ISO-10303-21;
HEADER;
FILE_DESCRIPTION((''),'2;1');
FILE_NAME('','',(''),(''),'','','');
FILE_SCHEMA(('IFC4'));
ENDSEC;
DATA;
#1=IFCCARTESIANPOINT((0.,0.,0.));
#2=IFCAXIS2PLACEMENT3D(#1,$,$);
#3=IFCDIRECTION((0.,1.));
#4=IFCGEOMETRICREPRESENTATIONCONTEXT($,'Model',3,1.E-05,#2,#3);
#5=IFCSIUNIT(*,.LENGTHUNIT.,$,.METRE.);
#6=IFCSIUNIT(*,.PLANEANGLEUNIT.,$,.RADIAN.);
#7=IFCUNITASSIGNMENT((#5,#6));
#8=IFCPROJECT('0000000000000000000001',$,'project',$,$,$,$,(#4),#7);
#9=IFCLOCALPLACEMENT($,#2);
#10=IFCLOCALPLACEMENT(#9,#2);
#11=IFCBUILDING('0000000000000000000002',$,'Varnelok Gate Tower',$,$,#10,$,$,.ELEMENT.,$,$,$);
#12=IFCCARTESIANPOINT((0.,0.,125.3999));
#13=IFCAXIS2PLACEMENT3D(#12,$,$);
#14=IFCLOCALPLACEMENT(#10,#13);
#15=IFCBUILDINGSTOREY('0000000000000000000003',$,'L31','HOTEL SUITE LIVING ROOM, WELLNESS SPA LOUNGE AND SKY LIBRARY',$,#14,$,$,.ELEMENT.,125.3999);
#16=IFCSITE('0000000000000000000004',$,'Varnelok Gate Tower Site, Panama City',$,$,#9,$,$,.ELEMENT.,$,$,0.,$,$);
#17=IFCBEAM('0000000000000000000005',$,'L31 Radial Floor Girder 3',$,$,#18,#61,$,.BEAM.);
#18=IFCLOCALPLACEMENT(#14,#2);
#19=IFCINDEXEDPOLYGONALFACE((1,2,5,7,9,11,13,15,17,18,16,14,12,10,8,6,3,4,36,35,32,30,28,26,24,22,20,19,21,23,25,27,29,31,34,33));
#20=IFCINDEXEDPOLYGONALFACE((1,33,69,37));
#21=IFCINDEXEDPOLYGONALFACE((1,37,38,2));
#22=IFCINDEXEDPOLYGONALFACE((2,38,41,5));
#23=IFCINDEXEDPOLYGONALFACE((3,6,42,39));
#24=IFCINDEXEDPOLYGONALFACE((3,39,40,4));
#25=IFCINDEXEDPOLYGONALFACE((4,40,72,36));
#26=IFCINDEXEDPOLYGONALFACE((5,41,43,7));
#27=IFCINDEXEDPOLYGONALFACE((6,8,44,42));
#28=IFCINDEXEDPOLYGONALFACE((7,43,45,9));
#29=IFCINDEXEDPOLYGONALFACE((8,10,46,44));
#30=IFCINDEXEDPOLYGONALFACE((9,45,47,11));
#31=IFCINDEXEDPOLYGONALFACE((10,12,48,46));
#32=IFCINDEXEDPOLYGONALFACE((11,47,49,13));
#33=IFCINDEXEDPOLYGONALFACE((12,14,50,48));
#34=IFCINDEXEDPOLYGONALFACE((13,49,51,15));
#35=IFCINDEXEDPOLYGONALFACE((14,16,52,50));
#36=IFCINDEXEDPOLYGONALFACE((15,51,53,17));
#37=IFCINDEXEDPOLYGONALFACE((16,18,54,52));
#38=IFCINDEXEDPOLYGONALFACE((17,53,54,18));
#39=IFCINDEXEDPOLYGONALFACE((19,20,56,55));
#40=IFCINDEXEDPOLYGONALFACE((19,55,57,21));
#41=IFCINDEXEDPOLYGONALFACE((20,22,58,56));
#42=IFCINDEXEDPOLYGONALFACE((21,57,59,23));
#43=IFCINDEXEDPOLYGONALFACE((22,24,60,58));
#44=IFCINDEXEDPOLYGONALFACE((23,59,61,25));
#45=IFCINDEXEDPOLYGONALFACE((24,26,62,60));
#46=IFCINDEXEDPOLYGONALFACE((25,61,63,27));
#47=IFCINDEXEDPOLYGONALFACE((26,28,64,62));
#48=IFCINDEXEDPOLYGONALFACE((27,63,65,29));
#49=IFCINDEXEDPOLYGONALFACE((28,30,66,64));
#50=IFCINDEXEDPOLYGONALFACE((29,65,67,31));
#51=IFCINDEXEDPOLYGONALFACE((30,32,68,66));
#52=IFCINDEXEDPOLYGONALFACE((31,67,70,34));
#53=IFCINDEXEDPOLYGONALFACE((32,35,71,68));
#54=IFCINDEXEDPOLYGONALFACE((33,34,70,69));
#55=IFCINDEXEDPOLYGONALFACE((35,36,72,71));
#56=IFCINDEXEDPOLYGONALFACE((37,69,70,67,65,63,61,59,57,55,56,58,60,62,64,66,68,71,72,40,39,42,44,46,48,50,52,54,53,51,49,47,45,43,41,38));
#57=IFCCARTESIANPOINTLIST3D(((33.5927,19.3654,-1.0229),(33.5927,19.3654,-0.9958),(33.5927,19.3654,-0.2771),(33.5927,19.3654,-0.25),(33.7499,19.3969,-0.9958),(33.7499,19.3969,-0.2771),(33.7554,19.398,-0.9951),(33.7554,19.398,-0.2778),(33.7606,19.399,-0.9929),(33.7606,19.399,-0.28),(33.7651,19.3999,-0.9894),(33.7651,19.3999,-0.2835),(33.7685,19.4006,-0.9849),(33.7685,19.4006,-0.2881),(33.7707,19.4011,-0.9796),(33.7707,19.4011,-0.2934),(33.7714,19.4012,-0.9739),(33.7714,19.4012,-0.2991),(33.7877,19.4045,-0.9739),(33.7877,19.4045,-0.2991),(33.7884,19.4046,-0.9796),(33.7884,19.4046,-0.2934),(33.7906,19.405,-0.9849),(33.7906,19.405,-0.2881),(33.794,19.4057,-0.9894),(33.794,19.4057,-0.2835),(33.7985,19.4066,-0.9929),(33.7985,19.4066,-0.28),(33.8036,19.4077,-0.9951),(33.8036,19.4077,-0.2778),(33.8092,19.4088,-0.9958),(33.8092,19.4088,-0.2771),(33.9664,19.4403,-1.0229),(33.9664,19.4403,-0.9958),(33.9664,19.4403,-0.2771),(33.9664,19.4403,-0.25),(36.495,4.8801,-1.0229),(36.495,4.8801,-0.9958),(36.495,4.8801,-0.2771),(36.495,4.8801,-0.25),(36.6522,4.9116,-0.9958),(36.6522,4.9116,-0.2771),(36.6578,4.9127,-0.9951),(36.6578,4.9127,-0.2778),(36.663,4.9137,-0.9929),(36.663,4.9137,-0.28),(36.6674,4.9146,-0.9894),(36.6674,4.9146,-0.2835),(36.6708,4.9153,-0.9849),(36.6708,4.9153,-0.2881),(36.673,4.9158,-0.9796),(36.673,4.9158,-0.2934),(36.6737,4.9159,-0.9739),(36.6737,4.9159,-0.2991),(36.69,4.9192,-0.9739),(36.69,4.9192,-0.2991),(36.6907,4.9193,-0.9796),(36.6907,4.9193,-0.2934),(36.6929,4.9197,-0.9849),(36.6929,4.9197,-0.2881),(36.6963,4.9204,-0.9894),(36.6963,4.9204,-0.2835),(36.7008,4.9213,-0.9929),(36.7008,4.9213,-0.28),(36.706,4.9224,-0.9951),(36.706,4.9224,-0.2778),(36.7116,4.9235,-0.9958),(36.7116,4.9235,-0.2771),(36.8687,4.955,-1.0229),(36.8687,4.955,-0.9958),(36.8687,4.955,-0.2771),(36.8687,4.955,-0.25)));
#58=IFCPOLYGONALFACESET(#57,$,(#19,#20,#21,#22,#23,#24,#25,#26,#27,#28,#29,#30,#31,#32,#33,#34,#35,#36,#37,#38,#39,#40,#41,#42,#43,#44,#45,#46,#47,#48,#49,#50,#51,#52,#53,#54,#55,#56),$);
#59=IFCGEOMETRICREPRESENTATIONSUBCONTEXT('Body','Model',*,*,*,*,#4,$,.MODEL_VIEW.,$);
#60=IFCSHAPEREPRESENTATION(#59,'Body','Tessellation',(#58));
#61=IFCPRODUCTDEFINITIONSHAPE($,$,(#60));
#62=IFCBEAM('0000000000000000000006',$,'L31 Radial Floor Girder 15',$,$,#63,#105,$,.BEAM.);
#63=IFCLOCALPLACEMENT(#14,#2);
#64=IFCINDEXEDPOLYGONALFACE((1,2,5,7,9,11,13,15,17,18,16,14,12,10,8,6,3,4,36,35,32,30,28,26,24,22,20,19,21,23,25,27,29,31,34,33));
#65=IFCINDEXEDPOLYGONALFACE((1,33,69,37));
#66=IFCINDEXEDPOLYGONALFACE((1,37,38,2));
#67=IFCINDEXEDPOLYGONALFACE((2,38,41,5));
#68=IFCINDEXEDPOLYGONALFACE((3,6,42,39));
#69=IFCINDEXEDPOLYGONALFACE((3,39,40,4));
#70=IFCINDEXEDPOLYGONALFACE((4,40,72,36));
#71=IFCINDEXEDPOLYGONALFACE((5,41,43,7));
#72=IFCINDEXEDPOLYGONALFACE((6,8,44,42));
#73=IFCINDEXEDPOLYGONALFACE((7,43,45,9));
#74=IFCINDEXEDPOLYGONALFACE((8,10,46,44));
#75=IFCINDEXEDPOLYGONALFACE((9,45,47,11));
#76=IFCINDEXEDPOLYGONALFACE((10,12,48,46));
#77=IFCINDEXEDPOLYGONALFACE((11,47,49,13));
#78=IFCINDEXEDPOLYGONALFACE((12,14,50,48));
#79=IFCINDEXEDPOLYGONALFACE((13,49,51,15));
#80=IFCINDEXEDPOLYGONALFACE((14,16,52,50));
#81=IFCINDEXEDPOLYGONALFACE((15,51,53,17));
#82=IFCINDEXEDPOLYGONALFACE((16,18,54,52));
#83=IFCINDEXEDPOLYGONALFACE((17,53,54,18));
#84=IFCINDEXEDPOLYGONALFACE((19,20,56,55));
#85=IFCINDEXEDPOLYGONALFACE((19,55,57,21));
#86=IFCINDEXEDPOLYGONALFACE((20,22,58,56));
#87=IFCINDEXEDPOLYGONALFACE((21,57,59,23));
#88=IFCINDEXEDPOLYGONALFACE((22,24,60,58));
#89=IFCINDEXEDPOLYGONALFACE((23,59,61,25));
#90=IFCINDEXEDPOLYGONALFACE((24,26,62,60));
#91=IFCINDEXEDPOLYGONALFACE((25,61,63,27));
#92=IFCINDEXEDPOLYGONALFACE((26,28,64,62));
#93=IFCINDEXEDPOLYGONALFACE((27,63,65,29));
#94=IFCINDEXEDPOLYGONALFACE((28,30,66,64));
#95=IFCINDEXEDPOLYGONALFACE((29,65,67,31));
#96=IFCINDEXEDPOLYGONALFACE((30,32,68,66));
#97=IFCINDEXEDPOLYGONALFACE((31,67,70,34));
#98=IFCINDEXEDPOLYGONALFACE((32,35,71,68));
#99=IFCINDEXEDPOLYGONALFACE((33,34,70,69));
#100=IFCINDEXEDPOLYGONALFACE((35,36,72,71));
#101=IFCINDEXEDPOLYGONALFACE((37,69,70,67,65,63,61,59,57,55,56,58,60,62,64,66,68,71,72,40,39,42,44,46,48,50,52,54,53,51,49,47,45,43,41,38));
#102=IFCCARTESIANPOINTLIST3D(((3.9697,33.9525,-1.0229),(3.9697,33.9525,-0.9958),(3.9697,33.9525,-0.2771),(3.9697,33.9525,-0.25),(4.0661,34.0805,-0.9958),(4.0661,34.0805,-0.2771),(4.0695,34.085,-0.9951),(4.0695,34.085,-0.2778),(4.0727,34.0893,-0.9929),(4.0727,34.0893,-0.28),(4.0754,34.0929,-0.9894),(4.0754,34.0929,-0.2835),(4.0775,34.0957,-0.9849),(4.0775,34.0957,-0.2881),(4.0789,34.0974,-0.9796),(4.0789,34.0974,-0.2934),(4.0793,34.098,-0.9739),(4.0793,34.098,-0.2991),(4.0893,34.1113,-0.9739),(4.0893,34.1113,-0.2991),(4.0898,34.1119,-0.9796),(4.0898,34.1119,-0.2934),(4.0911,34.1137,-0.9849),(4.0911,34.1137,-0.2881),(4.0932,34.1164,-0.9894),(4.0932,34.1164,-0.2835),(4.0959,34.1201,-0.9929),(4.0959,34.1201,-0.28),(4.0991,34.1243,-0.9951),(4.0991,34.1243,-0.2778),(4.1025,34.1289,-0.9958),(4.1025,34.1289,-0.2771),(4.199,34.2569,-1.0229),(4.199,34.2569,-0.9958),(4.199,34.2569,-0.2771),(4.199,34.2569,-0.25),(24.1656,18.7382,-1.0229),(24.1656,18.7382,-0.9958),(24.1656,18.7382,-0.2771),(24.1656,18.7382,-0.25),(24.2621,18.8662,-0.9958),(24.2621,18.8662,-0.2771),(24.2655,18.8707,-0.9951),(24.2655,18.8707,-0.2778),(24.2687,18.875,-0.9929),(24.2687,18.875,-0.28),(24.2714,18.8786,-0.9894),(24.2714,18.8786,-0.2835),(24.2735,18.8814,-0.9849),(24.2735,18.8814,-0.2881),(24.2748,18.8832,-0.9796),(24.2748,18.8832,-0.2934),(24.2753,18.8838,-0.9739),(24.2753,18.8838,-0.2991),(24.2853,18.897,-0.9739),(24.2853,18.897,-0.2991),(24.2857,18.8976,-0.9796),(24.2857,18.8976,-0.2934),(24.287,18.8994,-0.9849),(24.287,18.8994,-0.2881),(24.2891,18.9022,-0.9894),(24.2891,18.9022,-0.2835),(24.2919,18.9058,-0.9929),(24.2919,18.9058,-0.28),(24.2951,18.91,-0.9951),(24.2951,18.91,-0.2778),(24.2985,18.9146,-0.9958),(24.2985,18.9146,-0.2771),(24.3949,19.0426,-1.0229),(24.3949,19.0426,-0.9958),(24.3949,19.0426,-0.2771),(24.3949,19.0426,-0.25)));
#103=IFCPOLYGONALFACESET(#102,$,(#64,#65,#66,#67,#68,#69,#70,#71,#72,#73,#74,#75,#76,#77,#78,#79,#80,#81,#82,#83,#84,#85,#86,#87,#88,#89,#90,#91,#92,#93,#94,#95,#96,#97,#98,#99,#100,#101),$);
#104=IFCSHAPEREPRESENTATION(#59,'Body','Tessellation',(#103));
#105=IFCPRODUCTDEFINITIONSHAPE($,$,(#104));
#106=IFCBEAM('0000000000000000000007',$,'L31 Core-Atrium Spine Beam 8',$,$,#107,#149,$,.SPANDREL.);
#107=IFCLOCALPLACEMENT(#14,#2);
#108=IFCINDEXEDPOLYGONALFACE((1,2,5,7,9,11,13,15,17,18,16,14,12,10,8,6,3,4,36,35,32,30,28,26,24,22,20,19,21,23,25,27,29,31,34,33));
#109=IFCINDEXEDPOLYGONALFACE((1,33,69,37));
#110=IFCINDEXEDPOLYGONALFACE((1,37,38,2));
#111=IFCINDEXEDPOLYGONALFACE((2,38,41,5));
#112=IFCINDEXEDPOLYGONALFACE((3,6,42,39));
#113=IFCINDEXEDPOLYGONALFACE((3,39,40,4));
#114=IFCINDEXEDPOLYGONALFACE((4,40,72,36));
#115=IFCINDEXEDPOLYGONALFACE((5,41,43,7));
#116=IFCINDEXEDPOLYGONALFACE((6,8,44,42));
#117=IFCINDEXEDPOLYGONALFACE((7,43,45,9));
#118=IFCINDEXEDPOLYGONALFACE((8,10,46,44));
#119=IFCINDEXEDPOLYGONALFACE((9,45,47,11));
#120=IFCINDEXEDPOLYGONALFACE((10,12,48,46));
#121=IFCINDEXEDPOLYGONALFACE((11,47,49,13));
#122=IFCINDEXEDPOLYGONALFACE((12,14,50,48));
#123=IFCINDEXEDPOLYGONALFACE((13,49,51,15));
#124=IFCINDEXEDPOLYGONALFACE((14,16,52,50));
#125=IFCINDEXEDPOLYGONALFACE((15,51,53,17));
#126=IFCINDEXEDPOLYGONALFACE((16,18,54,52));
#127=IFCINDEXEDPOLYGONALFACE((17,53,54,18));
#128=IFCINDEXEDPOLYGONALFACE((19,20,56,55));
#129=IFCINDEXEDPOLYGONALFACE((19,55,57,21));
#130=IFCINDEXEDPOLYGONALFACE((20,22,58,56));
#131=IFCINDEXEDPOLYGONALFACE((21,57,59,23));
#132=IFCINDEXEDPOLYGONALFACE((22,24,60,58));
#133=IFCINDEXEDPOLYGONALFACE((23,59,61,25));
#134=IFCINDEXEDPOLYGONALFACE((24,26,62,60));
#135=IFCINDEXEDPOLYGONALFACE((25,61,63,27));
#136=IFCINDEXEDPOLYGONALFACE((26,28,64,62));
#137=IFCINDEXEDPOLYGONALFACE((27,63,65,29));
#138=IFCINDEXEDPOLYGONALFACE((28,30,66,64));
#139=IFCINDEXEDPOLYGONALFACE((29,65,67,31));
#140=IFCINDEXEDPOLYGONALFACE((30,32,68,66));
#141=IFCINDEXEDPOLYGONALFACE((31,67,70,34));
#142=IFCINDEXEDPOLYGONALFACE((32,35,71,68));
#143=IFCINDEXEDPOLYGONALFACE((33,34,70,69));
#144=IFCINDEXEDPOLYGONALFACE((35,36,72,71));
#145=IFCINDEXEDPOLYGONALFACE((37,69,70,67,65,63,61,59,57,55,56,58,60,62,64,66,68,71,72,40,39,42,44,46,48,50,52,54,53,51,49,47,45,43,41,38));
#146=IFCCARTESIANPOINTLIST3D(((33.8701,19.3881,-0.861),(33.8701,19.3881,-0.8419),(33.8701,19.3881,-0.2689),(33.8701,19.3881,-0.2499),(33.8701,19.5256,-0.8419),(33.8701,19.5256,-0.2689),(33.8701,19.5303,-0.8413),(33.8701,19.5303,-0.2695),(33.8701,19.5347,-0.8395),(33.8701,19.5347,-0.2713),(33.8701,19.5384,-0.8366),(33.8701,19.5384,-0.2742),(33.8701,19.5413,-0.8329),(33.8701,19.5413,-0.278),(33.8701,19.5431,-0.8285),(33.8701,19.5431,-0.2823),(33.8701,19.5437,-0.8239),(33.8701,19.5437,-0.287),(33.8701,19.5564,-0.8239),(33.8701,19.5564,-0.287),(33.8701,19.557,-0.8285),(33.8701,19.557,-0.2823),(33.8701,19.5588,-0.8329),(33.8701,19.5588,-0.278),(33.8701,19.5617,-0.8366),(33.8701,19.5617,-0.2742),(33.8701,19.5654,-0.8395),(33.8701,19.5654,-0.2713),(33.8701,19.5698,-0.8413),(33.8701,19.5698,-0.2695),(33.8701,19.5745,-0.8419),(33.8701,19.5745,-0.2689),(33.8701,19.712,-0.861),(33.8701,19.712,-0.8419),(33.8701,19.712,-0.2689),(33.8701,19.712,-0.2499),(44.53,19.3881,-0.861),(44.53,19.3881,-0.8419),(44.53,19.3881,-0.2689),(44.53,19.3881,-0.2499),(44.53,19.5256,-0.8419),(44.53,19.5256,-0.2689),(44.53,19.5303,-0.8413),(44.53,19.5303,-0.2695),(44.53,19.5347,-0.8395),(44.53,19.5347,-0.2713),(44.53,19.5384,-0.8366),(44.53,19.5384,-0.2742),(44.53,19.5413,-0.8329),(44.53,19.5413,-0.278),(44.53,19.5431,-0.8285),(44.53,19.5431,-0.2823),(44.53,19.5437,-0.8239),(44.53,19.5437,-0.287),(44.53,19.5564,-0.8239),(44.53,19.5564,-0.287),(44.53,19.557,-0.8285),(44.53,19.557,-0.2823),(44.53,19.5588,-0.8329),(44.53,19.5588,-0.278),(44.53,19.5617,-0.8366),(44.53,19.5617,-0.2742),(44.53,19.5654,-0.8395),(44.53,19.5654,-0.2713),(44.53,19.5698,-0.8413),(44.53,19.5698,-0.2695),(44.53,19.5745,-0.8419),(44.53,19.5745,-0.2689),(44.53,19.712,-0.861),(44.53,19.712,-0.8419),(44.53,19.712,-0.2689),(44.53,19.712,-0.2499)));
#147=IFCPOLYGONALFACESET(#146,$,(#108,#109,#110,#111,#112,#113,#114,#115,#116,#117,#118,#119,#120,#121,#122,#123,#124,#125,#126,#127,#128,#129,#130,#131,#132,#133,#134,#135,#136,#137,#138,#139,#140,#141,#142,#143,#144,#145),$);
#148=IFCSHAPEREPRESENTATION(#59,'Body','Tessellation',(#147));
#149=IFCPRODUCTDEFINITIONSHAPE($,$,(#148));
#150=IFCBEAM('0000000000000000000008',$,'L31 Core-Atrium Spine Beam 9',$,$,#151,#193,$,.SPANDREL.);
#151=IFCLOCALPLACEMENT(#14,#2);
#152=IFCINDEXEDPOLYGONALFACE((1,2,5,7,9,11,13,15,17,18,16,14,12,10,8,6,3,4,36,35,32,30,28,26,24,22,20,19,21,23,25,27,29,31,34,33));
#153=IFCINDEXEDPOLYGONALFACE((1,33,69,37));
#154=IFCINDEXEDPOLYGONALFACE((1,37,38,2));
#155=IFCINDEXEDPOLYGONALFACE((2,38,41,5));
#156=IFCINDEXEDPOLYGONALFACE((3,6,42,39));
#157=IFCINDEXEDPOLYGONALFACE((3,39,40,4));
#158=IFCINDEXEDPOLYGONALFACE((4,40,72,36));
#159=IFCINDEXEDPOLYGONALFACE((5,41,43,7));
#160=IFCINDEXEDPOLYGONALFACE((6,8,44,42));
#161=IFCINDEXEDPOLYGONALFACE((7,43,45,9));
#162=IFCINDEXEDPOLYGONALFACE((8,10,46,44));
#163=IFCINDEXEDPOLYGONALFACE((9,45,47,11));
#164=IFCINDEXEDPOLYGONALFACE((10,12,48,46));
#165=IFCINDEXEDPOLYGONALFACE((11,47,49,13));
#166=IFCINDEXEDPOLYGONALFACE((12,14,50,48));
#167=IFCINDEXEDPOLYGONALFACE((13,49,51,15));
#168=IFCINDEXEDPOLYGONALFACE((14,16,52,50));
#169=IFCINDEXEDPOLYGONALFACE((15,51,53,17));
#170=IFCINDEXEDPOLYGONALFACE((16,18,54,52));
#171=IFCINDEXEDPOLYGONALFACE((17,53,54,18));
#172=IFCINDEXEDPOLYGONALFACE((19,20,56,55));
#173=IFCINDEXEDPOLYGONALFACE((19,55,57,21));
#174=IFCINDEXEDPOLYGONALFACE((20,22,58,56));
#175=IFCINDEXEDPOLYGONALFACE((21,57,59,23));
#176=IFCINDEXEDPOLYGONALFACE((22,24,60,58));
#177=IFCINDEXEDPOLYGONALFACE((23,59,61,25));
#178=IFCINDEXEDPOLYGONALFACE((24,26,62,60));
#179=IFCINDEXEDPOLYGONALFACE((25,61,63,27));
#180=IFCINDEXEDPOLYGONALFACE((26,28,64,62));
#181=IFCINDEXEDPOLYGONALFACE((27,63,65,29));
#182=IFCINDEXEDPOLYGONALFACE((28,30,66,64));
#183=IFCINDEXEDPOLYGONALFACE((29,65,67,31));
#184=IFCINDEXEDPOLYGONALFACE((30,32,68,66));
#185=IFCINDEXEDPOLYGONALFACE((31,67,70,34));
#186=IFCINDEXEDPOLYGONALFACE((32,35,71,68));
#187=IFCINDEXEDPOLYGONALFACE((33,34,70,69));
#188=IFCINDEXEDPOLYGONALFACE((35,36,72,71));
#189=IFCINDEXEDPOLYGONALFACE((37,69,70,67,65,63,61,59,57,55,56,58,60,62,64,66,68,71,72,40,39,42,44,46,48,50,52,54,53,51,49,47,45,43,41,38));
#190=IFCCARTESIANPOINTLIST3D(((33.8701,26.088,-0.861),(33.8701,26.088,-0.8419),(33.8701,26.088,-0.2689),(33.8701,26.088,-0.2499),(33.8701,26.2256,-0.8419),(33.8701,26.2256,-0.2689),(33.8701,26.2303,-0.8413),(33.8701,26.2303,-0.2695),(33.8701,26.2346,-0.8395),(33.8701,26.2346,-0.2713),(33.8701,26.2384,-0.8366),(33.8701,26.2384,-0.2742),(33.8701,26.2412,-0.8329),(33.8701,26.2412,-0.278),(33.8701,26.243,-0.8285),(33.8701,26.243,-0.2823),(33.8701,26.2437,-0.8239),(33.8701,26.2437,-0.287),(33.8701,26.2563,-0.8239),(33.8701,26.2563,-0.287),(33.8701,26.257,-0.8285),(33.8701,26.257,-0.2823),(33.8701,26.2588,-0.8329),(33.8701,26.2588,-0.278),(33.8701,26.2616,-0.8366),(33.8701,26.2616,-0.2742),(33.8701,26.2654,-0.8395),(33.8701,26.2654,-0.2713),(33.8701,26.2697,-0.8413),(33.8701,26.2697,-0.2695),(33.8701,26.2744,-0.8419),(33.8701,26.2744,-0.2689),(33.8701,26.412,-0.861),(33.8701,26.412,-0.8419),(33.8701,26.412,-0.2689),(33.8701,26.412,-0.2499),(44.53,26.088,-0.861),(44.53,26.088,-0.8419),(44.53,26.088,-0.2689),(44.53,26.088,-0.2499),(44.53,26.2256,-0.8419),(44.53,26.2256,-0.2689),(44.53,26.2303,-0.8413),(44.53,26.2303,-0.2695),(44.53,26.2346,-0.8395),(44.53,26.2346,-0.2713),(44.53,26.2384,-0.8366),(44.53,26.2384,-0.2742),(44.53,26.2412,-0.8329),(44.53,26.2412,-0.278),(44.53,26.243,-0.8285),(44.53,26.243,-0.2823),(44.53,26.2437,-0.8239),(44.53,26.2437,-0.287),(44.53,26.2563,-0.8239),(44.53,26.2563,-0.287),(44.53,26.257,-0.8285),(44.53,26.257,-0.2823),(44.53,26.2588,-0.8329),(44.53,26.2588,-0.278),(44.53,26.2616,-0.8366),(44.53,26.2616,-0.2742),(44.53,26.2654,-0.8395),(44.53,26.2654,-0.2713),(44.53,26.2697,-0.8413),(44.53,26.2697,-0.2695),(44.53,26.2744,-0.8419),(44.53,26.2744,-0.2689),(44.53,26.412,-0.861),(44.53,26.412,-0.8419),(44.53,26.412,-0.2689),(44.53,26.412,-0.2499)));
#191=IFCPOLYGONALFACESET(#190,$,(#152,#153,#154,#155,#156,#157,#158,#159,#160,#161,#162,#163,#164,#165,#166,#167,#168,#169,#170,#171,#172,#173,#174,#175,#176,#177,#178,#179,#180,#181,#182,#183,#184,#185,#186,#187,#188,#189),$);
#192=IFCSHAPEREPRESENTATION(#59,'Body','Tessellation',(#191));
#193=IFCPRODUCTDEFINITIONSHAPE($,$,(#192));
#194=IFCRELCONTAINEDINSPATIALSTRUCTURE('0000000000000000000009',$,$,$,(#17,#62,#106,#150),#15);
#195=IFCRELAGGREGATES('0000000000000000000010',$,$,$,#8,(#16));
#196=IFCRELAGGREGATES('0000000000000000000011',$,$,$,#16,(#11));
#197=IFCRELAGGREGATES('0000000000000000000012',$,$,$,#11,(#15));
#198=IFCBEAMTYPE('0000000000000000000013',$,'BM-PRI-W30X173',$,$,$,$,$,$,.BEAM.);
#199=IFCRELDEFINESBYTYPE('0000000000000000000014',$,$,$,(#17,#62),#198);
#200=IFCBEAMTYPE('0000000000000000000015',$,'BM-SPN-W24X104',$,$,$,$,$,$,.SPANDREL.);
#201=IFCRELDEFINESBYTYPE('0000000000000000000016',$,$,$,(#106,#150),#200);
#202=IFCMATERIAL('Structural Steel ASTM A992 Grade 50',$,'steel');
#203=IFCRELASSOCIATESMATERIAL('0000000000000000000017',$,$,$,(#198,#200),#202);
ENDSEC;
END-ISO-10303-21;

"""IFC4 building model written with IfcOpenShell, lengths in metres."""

from ifc_helpers import new_model, si_unit, direction, frame, origin, origin_2d, place, context, subcontext, project, spatial, i_section, extrude, material, material_profile, profile_set, type_object, element, save


model = new_model("IFC4")

# Units and contexts
model_context = context("Model", 3, precision=1e-05, world=origin(), true_north=direction((0.0, 1.0)))
body_context = subcontext(model_context, "Body", "Model", "MODEL_VIEW")
ifc_project = project(units=[si_unit("LENGTHUNIT", "METRE"), si_unit("PLANEANGLEUNIT", "RADIAN")], contexts=[model_context])

# Site, building, storey
site_placement = place(None, origin())
site = spatial("IfcSite", under=ifc_project, at=site_placement, Name="Varnelok Gate Tower Site, Panama City", CompositionType="ELEMENT", RefElevation=0.0)
building_placement = place(site_placement, origin())
building = spatial("IfcBuilding", under=site, at=building_placement, Name="Varnelok Gate Tower", CompositionType="ELEMENT")
storey_placement = place(building_placement, frame((0.0, 0.0, 125.3999)))
storey = spatial("IfcBuildingStorey", under=building, at=storey_placement, Name="L31", Description="HOTEL SUITE LIVING ROOM, WELLNESS SPA LOUNGE AND SKY LIBRARY", CompositionType="ELEMENT", Elevation=125.3999)

# Shared definitions
ifc_material_1 = material(Name="Structural Steel ASTM A992 Grade 50", Category="steel")

# Beams
ifc_material_profile_1 = material_profile(ifc_material_1, i_section(OverallWidth=0.3811, OverallDepth=0.7729, WebThickness=0.0166, FlangeThickness=0.0271, FilletRadius=0.022, at=origin_2d()), Name="W30X173")
ifc_profile_set_1 = profile_set([ifc_material_profile_1], Name="Structural Steel ASTM A992 Grade 50")
beam_type_1 = type_object("IfcBeamType", Name="BM-PRI-W30X173", PredefinedType="BEAM", material=ifc_profile_set_1)
beam_1_placement = place(storey_placement, frame((33.7795, 19.4028, -0.6365), z_axis=(0.196459, -0.980512, 0.0), x_axis=(0.980512, 0.196459, 0.0)))
element("IfcBeam", 1, at=beam_1_placement, inside=storey, type_object=beam_type_1, Name="L31 Radial Floor Girder 3", PredefinedType="BEAM", context=body_context, shape_type="SweptSolid", body=[
    extrude(i_section(OverallWidth=0.3811, OverallDepth=0.7729, WebThickness=0.0166, FlangeThickness=0.0271, FilletRadius=0.022, at=origin_2d()), origin(), (0.0, 0.0, 1.0), 14.7732),
])
beam_2_placement = place(storey_placement, frame((24.2803, 18.8904, -0.6365), z_axis=(-0.79872, 0.601703, 0.0), x_axis=(-0.601703, -0.79872, 0.0)))
element("IfcBeam", 2, at=beam_2_placement, inside=storey, type_object=beam_type_1, Name="L31 Radial Floor Girder 15", PredefinedType="BEAM", context=body_context, shape_type="SweptSolid", body=[
    extrude(i_section(OverallWidth=0.3811, OverallDepth=0.7729, WebThickness=0.0166, FlangeThickness=0.0271, FilletRadius=0.022, at=origin_2d()), origin(), (0.0, 0.0, 1.0), 25.2854),
])
ifc_material_profile_2 = material_profile(ifc_material_1, i_section(OverallWidth=0.324, OverallDepth=0.6111, WebThickness=0.0127, FlangeThickness=0.019, FilletRadius=0.0181, at=origin_2d()), Name="W24X104")
ifc_profile_set_2 = profile_set([ifc_material_profile_2], Name="Structural Steel ASTM A992 Grade 50")
beam_type_2 = type_object("IfcBeamType", Name="BM-SPN-W24X104", PredefinedType="SPANDREL", material=ifc_profile_set_2)
for number, where, z_axis, x_axis, name in (
    (3, (33.8701, 19.55, -0.5554), (1.0, 0.0, 0.0), (0.0, 1.0, 0.0), "L31 Core-Atrium Spine Beam 8"),
    (4, (33.8701, 26.25, -0.5554), (1.0, 0.0, 0.0), (0.0, 1.0, 0.0), "L31 Core-Atrium Spine Beam 9"),
):
    element("IfcBeam", number, at=place(storey_placement, frame(where, z_axis=z_axis, x_axis=x_axis)), inside=storey, type_object=beam_type_2, Name=name, PredefinedType="SPANDREL", context=body_context, shape_type="SweptSolid", body=[
        extrude(i_section(OverallWidth=0.324, OverallDepth=0.6111, WebThickness=0.0127, FlangeThickness=0.019, FilletRadius=0.0181, at=origin_2d()), origin(), (0.0, 0.0, 1.0), 10.6599),
    ])

save(model, "model.ifc")
